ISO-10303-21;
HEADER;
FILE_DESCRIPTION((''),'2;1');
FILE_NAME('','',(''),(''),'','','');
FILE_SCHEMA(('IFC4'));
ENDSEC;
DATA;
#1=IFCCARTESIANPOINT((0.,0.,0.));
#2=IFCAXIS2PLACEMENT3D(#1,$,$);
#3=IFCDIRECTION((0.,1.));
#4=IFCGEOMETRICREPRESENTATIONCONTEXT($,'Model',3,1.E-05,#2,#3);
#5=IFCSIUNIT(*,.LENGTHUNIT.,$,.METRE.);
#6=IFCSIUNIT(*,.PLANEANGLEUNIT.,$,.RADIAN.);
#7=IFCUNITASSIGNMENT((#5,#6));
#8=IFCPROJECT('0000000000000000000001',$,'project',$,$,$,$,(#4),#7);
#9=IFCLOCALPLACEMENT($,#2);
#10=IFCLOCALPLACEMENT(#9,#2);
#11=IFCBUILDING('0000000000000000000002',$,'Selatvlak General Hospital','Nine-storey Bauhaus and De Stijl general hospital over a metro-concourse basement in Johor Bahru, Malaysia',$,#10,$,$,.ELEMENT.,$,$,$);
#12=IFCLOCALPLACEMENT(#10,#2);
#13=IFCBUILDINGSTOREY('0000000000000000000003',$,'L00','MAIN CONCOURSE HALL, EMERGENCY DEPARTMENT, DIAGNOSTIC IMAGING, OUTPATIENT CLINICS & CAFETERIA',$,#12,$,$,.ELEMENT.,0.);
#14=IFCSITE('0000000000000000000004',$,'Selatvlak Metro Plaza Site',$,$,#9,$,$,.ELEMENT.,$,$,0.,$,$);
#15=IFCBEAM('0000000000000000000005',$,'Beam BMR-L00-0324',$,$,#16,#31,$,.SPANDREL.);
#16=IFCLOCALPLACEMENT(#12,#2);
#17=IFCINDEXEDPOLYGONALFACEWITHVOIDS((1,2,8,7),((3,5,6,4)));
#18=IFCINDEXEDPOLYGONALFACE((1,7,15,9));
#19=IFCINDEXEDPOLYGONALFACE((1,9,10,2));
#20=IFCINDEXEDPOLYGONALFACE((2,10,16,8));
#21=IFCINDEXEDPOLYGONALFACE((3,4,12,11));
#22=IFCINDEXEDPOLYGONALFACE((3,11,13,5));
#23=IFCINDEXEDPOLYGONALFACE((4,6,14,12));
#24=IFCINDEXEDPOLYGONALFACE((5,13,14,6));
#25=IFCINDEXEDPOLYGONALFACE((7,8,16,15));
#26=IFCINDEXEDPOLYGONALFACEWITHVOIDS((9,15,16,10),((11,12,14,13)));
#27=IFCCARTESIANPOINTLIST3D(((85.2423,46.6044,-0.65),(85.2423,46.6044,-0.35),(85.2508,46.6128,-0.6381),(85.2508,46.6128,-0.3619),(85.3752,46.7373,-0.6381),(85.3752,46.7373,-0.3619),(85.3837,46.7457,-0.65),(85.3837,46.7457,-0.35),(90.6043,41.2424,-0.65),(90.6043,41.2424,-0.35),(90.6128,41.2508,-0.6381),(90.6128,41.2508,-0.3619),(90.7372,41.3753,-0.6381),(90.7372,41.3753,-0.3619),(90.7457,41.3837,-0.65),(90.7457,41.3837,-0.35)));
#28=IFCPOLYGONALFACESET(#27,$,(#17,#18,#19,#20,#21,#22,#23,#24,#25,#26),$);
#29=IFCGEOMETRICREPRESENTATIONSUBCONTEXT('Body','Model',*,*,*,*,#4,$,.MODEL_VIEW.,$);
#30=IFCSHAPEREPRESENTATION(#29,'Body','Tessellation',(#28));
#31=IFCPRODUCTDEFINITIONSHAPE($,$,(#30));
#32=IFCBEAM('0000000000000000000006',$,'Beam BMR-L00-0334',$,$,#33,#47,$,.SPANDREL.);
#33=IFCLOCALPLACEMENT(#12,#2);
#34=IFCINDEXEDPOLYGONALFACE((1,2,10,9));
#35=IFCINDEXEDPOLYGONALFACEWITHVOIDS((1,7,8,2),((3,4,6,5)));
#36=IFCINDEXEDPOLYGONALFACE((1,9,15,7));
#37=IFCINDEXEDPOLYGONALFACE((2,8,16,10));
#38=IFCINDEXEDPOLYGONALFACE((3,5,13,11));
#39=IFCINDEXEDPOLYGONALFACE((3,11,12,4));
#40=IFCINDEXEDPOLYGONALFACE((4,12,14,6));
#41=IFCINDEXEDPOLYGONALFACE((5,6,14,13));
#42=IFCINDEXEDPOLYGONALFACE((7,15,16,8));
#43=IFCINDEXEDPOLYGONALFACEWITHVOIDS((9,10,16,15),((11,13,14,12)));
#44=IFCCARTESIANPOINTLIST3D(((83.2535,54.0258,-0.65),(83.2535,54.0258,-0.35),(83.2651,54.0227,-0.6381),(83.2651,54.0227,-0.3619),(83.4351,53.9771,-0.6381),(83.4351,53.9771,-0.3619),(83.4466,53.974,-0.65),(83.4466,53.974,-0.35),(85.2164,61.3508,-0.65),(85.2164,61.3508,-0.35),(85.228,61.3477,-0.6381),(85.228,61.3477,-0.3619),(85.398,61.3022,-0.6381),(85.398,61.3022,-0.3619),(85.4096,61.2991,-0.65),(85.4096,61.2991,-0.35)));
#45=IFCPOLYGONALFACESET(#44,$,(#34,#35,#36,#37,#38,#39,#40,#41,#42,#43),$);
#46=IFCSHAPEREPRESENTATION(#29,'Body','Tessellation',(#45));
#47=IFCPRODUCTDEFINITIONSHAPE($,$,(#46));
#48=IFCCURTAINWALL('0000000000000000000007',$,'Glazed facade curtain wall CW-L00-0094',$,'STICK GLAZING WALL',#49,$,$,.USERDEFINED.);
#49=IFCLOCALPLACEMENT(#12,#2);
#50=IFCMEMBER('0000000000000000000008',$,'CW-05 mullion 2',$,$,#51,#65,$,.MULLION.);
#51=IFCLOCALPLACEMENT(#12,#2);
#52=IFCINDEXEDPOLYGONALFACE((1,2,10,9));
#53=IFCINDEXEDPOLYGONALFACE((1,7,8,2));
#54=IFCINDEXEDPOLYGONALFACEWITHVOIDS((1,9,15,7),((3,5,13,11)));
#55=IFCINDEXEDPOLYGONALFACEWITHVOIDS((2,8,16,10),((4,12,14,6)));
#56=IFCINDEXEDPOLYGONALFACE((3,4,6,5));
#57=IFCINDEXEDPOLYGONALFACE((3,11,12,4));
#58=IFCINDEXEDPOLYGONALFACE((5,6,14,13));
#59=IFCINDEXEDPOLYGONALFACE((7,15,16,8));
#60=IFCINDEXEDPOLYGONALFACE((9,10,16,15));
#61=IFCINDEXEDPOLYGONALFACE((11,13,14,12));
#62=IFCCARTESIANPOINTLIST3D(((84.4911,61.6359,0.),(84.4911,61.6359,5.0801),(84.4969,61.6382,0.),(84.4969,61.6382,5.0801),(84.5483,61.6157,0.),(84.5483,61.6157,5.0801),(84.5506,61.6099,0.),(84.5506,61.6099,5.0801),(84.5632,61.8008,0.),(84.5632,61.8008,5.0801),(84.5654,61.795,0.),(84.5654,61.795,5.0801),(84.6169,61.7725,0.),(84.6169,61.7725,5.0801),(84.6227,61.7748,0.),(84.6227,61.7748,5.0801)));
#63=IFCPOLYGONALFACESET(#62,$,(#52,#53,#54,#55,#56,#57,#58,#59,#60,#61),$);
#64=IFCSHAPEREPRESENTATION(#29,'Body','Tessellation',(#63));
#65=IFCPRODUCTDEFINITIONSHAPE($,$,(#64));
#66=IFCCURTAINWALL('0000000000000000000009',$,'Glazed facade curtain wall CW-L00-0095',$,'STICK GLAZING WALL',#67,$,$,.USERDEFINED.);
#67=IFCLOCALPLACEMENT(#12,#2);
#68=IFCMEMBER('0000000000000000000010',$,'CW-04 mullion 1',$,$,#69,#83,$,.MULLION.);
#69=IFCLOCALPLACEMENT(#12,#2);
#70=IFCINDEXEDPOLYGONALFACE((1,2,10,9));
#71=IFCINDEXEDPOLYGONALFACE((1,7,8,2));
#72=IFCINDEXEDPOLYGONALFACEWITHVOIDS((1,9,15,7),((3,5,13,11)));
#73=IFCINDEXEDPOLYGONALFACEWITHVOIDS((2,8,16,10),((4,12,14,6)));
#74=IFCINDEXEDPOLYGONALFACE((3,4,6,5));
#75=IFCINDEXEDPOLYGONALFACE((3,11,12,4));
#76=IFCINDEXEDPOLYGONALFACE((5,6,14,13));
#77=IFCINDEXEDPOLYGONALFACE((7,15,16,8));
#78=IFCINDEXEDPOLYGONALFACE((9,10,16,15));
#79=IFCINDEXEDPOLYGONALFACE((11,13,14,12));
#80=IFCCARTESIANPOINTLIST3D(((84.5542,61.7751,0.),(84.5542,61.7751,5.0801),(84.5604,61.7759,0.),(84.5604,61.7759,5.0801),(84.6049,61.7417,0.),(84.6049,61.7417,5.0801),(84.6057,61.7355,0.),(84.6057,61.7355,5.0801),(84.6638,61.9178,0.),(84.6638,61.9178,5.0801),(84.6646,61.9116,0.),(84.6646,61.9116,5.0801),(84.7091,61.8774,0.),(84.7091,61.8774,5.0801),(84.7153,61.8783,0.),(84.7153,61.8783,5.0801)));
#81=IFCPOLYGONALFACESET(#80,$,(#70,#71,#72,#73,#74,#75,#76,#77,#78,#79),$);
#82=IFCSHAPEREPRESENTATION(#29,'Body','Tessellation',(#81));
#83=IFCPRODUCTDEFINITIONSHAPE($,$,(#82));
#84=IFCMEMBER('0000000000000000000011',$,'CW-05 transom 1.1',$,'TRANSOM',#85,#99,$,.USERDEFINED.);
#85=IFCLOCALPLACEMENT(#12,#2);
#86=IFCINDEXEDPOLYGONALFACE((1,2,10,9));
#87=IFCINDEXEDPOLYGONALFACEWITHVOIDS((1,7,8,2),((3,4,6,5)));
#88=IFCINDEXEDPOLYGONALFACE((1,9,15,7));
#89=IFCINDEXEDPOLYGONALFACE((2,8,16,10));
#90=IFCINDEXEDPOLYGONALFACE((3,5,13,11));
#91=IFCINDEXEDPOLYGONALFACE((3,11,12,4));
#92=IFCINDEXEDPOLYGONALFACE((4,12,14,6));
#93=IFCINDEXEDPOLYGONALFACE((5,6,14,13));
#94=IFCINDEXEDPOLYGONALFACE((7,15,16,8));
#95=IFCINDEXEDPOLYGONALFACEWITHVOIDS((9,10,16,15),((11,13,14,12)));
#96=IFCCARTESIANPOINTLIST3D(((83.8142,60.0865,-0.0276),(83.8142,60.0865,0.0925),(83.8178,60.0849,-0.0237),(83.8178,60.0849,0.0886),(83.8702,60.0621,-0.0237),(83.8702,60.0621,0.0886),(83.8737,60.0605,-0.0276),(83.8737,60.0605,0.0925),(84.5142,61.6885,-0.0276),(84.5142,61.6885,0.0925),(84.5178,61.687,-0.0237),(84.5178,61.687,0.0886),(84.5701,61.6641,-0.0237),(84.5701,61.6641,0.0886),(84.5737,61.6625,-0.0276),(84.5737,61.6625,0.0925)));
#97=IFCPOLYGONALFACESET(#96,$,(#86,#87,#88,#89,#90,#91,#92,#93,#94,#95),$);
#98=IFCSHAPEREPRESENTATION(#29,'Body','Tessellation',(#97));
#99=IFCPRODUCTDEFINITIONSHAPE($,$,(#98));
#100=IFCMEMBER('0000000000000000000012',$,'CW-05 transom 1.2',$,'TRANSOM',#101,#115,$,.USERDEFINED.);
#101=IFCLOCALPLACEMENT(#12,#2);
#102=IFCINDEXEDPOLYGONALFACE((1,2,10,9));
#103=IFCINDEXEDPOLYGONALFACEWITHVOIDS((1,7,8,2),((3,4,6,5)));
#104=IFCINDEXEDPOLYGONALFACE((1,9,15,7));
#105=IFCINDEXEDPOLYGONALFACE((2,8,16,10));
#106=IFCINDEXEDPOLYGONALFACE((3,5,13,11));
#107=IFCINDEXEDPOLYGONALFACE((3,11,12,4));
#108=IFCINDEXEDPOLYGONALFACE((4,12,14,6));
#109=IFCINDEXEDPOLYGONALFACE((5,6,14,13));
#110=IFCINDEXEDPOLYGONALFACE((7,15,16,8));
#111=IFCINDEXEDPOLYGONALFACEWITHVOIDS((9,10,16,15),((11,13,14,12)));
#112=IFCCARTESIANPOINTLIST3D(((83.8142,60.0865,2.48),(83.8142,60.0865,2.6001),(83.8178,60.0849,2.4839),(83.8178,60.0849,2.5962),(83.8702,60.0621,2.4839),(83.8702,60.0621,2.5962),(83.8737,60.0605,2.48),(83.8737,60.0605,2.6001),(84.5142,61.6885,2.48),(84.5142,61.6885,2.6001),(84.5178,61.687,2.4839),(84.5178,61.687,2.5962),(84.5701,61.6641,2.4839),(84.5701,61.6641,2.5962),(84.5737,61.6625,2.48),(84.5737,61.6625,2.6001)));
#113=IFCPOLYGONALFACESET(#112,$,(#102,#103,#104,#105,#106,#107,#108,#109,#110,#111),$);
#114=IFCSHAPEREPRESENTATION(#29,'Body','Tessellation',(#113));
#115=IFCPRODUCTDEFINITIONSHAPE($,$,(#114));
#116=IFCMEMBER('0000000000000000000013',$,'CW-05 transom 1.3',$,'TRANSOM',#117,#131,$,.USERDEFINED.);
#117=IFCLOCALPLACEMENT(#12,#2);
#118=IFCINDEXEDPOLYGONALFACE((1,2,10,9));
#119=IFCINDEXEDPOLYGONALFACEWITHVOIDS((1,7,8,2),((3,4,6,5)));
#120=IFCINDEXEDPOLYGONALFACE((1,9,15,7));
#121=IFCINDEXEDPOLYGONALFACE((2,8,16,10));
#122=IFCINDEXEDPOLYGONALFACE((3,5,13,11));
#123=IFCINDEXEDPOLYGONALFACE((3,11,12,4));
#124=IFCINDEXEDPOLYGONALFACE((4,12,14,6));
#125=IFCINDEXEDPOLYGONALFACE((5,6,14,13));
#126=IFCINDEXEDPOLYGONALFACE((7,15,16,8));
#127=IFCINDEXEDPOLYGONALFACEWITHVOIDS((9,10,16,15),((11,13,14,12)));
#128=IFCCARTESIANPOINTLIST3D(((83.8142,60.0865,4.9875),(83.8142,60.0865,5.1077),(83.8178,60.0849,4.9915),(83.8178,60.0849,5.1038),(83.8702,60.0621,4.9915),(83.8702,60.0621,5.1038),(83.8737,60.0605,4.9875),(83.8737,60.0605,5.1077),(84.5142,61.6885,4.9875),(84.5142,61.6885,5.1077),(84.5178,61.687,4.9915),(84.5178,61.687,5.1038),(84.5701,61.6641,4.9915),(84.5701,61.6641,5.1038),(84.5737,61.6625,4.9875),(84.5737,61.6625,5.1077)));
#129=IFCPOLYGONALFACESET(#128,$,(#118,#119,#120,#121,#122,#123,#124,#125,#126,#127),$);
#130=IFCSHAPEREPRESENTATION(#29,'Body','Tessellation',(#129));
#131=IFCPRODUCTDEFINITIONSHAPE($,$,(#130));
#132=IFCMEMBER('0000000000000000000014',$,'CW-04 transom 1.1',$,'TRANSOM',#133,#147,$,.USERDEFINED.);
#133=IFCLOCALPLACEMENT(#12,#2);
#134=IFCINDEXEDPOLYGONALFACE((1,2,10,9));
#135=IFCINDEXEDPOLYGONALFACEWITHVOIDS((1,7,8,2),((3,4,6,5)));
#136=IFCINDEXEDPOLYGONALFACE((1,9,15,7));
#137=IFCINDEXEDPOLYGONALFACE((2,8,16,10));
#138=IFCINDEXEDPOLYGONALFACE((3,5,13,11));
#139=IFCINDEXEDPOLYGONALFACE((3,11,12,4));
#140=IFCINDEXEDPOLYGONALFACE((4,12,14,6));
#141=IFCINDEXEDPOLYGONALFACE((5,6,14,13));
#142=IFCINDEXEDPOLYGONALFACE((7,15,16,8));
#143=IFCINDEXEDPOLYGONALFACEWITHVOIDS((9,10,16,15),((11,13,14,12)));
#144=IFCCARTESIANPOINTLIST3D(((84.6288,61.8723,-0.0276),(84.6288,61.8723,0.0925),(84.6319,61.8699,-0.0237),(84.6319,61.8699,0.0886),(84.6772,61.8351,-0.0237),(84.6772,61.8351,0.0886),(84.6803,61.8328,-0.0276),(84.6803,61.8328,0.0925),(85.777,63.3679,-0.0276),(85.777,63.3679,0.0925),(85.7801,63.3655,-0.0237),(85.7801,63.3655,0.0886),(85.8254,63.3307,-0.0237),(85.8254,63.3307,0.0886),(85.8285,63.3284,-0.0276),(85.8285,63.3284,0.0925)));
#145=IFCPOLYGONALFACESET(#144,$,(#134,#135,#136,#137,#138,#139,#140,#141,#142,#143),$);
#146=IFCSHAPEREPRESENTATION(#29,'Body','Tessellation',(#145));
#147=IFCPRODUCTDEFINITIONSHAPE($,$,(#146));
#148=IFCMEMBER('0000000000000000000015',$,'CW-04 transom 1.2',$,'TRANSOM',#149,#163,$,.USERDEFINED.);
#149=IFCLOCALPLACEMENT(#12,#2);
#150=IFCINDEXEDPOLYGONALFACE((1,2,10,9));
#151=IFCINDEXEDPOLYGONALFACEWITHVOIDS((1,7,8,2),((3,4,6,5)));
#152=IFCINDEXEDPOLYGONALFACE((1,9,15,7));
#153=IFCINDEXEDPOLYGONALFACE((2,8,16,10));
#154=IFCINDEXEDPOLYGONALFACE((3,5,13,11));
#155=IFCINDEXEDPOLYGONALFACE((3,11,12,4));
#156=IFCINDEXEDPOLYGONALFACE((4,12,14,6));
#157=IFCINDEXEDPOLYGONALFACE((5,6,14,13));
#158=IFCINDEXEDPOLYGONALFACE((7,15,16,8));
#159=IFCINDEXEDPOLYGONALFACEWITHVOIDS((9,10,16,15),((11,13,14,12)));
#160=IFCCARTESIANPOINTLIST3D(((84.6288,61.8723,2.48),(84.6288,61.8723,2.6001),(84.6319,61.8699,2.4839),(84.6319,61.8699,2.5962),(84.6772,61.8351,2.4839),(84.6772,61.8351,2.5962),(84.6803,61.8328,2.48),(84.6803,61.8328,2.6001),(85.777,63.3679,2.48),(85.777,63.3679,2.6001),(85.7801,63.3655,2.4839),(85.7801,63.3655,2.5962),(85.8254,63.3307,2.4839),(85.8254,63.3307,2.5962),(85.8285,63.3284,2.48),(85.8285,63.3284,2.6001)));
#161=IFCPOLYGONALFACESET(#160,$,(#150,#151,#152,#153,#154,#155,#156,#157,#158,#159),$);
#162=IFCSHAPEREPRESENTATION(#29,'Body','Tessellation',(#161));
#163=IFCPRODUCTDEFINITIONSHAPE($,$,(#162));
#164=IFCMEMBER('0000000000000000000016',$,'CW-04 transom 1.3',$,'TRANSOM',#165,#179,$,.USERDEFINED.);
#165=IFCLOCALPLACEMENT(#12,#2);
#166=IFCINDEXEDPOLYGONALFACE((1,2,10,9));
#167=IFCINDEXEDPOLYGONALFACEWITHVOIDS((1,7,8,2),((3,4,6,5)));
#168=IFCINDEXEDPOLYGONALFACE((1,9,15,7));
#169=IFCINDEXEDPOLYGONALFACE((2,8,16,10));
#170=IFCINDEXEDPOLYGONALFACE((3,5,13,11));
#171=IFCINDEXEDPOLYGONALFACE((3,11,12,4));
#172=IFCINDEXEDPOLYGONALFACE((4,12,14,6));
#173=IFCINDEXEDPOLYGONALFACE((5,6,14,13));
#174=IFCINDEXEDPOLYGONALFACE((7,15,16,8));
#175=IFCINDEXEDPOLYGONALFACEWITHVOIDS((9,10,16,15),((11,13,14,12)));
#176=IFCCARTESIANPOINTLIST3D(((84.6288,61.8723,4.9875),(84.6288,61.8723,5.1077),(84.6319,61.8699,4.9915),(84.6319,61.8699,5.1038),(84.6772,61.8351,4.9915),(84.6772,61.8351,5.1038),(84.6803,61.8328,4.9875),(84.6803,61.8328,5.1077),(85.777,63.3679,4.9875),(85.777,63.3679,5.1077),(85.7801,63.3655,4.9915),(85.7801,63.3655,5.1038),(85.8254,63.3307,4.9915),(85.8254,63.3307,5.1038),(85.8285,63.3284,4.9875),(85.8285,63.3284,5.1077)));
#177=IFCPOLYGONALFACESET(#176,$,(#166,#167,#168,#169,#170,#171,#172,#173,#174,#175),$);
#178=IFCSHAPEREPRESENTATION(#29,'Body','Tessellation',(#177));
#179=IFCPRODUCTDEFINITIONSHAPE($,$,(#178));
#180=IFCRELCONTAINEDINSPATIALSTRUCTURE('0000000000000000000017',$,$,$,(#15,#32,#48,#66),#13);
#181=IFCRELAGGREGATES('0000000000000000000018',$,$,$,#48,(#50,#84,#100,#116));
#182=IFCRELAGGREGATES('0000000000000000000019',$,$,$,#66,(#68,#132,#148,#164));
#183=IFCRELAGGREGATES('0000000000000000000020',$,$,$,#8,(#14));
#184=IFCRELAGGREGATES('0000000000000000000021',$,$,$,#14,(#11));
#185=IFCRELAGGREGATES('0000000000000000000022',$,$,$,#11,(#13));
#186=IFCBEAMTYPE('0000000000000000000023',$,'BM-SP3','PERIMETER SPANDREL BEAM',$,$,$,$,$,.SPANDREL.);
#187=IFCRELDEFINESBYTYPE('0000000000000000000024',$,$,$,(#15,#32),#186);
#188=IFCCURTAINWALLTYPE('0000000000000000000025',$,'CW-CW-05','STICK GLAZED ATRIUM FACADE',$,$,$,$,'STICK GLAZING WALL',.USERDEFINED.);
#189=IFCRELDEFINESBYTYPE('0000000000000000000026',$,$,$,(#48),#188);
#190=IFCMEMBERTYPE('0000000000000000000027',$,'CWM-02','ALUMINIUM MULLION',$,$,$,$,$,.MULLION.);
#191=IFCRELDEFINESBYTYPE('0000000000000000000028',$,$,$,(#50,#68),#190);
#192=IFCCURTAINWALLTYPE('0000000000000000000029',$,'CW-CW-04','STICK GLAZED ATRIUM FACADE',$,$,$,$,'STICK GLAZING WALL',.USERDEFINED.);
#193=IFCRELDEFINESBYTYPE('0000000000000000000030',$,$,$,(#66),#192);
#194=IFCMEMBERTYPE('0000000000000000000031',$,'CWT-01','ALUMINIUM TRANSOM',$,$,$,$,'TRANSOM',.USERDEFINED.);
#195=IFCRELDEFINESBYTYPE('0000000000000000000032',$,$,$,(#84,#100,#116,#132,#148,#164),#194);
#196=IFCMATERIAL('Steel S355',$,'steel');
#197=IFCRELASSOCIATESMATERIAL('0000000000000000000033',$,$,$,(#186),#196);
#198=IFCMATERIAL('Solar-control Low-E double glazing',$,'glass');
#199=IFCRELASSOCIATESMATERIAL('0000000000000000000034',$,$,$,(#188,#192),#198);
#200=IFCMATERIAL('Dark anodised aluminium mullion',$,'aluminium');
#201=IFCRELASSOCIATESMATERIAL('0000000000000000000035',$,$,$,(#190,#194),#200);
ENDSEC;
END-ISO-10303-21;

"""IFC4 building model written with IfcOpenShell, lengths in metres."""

from ifc_helpers import new_model, si_unit, direction, frame, origin, origin_2d, place, context, subcontext, project, spatial, hollow_rectangle, extrude, material, material_profile, profile_set, type_object, element, aggregate, save


model = new_model("IFC4")

# Units and contexts
model_context = context("Model", 3, precision=1e-05, world=origin(), true_north=direction((0.0, 1.0)))
body_context = subcontext(model_context, "Body", "Model", "MODEL_VIEW")
ifc_project = project(units=[si_unit("LENGTHUNIT", "METRE"), si_unit("PLANEANGLEUNIT", "RADIAN")], contexts=[model_context])

# Site, building, storey
site_placement = place(None, origin())
site = spatial("IfcSite", under=ifc_project, at=site_placement, Name="Selatvlak Metro Plaza Site", CompositionType="ELEMENT", RefElevation=0.0)
building_placement = place(site_placement, origin())
building = spatial("IfcBuilding", under=site, at=building_placement, Name="Selatvlak General Hospital", Description="Nine-storey Bauhaus and De Stijl general hospital over a metro-concourse basement in Johor Bahru, Malaysia", CompositionType="ELEMENT")
storey_placement = place(building_placement, origin())
storey = spatial("IfcBuildingStorey", under=building, at=storey_placement, Name="L00", Description="MAIN CONCOURSE HALL, EMERGENCY DEPARTMENT, DIAGNOSTIC IMAGING, OUTPATIENT CLINICS & CAFETERIA", CompositionType="ELEMENT", Elevation=0.0)

# Beams
ifc_material_1 = material(Name="Steel S355", Category="steel")
ifc_material_profile_1 = material_profile(ifc_material_1, hollow_rectangle(XDim=0.2, YDim=0.3, WallThickness=0.012, at=origin_2d()), Name="RHS 300x200x12")
ifc_profile_set_1 = profile_set([ifc_material_profile_1], Name="Steel S355")
beam_type = type_object("IfcBeamType", Name="BM-SP3", Description="PERIMETER SPANDREL BEAM", PredefinedType="SPANDREL", material=ifc_profile_set_1)
beam_1_placement = place(storey_placement, frame((85.313, 46.675, -0.5), z_axis=(0.707107, -0.707107, 0.0), x_axis=(0.707107, 0.707107, 0.0)))
element("IfcBeam", 1, at=beam_1_placement, inside=storey, type_object=beam_type, Name="Beam BMR-L00-0324", PredefinedType="SPANDREL", context=body_context, shape_type="SweptSolid", body=[
    extrude(hollow_rectangle(XDim=0.2, YDim=0.3, WallThickness=0.012, at=origin_2d()), origin(), (0.0, 0.0, 1.0), 7.583),
])
beam_2_placement = place(storey_placement, frame((85.313, 61.325, -0.5), z_axis=(-0.258841, -0.96592, 0.0), x_axis=(0.96592, -0.258841, 0.0)))
element("IfcBeam", 2, at=beam_2_placement, inside=storey, type_object=beam_type, Name="Beam BMR-L00-0334", PredefinedType="SPANDREL", context=body_context, shape_type="SweptSolid", body=[
    extrude(hollow_rectangle(XDim=0.2, YDim=0.3, WallThickness=0.012, at=origin_2d()), origin(), (0.0, 0.0, 1.0), 7.5835),
])

# Curtain walls, members
ifc_material_2 = material(Name="Solar-control Low-E double glazing", Category="glass")
curtain_wall_type_1 = type_object("IfcCurtainWallType", Name="CW-CW-05", Description="STICK GLAZED ATRIUM FACADE", ElementType="STICK GLAZING WALL", PredefinedType="USERDEFINED", material=ifc_material_2)
curtain_wall_1_placement = place(storey_placement, origin())
curtain_wall_1 = element("IfcCurtainWall", 3, at=curtain_wall_1_placement, inside=storey, type_object=curtain_wall_type_1, Name="Glazed facade curtain wall CW-L00-0094", ObjectType="STICK GLAZING WALL", PredefinedType="USERDEFINED")
ifc_material_3 = material(Name="Dark anodised aluminium mullion", Category="aluminium")
ifc_material_profile_2 = material_profile(ifc_material_3, hollow_rectangle(XDim=0.0649, YDim=0.1799, WallThickness=0.0044, at=origin_2d()), Name="AL-MUL 65x180x4.5")
ifc_profile_set_2 = profile_set([ifc_material_profile_2], Name="Dark anodised aluminium mullion")
member_type_1 = type_object("IfcMemberType", Name="CWM-02", Description="ALUMINIUM MULLION", PredefinedType="MULLION", material=ifc_profile_set_2)
member_1_placement = place(storey_placement, frame((84.5569, 61.7053, 0.0), z_axis=(0.0, 0.0, 1.0), x_axis=(-0.916341, 0.4004, 0.0)))
member_1 = element("IfcMember", 4, at=member_1_placement, type_object=member_type_1, Name="CW-05 mullion 2", PredefinedType="MULLION", context=body_context, shape_type="SweptSolid", body=[
    extrude(hollow_rectangle(XDim=0.0649, YDim=0.1799, WallThickness=0.0044, at=origin_2d()), origin(), (0.0, 0.0, 1.0), 5.0801),
])
curtain_wall_type_2 = type_object("IfcCurtainWallType", Name="CW-CW-04", Description="STICK GLAZED ATRIUM FACADE", ElementType="STICK GLAZING WALL", PredefinedType="USERDEFINED", material=ifc_material_2)
curtain_wall_2_placement = place(storey_placement, origin())
curtain_wall_2 = element("IfcCurtainWall", 5, at=curtain_wall_2_placement, inside=storey, type_object=curtain_wall_type_2, Name="Glazed facade curtain wall CW-L00-0095", ObjectType="STICK GLAZING WALL", PredefinedType="USERDEFINED")
member_2_placement = place(storey_placement, frame((84.6348, 61.8267, 0.0), z_axis=(0.0, 0.0, 1.0), x_axis=(-0.793233, 0.608918, 0.0)))
member_2 = element("IfcMember", 6, at=member_2_placement, type_object=member_type_1, Name="CW-04 mullion 1", PredefinedType="MULLION", context=body_context, shape_type="SweptSolid", body=[
    extrude(hollow_rectangle(XDim=0.0649, YDim=0.1799, WallThickness=0.0044, at=origin_2d()), origin(), (0.0, 0.0, 1.0), 5.0801),
])

# Members
ifc_material_profile_3 = material_profile(ifc_material_3, hollow_rectangle(XDim=0.0649, YDim=0.1201, WallThickness=0.0039, at=origin_2d()), Name="AL-TRN 65x120x4")
ifc_profile_set_3 = profile_set([ifc_material_profile_3], Name="Dark anodised aluminium mullion")
member_type_2 = type_object("IfcMemberType", Name="CWT-01", Description="ALUMINIUM TRANSOM", ElementType="TRANSOM", PredefinedType="USERDEFINED", material=ifc_profile_set_3)
member_3_placement = place(storey_placement, frame((83.844, 60.0735, 0.0325), z_axis=(0.400365, 0.916356, 0.0), x_axis=(-0.916356, 0.400365, 0.0)))
member_3 = element("IfcMember", 7, at=member_3_placement, type_object=member_type_2, Name="CW-05 transom 1.1", ObjectType="TRANSOM", PredefinedType="USERDEFINED", context=body_context, shape_type="SweptSolid", body=[
    extrude(hollow_rectangle(XDim=0.0649, YDim=0.1201, WallThickness=0.0039, at=origin_2d()), origin(), (0.0, 0.0, 1.0), 1.7483),
])
member_4_placement = place(storey_placement, frame((83.844, 60.0735, 2.54), z_axis=(0.400365, 0.916356, 0.0), x_axis=(-0.916356, 0.400365, 0.0)))
member_4 = element("IfcMember", 8, at=member_4_placement, type_object=member_type_2, Name="CW-05 transom 1.2", ObjectType="TRANSOM", PredefinedType="USERDEFINED", context=body_context, shape_type="SweptSolid", body=[
    extrude(hollow_rectangle(XDim=0.0649, YDim=0.1201, WallThickness=0.0039, at=origin_2d()), origin(), (0.0, 0.0, 1.0), 1.7483),
])
member_5_placement = place(storey_placement, frame((83.844, 60.0735, 5.0476), z_axis=(0.400365, 0.916356, 0.0), x_axis=(-0.916356, 0.400365, 0.0)))
member_5 = element("IfcMember", 9, at=member_5_placement, type_object=member_type_2, Name="CW-05 transom 1.3", ObjectType="TRANSOM", PredefinedType="USERDEFINED", context=body_context, shape_type="SweptSolid", body=[
    extrude(hollow_rectangle(XDim=0.0649, YDim=0.1201, WallThickness=0.0039, at=origin_2d()), origin(), (0.0, 0.0, 1.0), 1.7483),
])
member_6_placement = place(storey_placement, frame((84.6545, 61.8525, 0.0325), z_axis=(0.608953, 0.793206, 0.0), x_axis=(-0.793206, 0.608953, 0.0)))
member_6 = element("IfcMember", 10, at=member_6_placement, type_object=member_type_2, Name="CW-04 transom 1.1", ObjectType="TRANSOM", PredefinedType="USERDEFINED", context=body_context, shape_type="SweptSolid", body=[
    extrude(hollow_rectangle(XDim=0.0649, YDim=0.1201, WallThickness=0.0039, at=origin_2d()), origin(), (0.0, 0.0, 1.0), 1.8855),
])
member_7_placement = place(storey_placement, frame((84.6545, 61.8525, 2.54), z_axis=(0.608953, 0.793206, 0.0), x_axis=(-0.793206, 0.608953, 0.0)))
member_7 = element("IfcMember", 11, at=member_7_placement, type_object=member_type_2, Name="CW-04 transom 1.2", ObjectType="TRANSOM", PredefinedType="USERDEFINED", context=body_context, shape_type="SweptSolid", body=[
    extrude(hollow_rectangle(XDim=0.0649, YDim=0.1201, WallThickness=0.0039, at=origin_2d()), origin(), (0.0, 0.0, 1.0), 1.8855),
])
member_8_placement = place(storey_placement, frame((84.6545, 61.8525, 5.0476), z_axis=(0.608953, 0.793206, 0.0), x_axis=(-0.793206, 0.608953, 0.0)))
member_8 = element("IfcMember", 12, at=member_8_placement, type_object=member_type_2, Name="CW-04 transom 1.3", ObjectType="TRANSOM", PredefinedType="USERDEFINED", context=body_context, shape_type="SweptSolid", body=[
    extrude(hollow_rectangle(XDim=0.0649, YDim=0.1201, WallThickness=0.0039, at=origin_2d()), origin(), (0.0, 0.0, 1.0), 1.8855),
])

aggregate(curtain_wall_1, [member_1, member_3, member_4, member_5])
aggregate(curtain_wall_2, [member_2, member_6, member_7, member_8])

save(model, "model.ifc")
